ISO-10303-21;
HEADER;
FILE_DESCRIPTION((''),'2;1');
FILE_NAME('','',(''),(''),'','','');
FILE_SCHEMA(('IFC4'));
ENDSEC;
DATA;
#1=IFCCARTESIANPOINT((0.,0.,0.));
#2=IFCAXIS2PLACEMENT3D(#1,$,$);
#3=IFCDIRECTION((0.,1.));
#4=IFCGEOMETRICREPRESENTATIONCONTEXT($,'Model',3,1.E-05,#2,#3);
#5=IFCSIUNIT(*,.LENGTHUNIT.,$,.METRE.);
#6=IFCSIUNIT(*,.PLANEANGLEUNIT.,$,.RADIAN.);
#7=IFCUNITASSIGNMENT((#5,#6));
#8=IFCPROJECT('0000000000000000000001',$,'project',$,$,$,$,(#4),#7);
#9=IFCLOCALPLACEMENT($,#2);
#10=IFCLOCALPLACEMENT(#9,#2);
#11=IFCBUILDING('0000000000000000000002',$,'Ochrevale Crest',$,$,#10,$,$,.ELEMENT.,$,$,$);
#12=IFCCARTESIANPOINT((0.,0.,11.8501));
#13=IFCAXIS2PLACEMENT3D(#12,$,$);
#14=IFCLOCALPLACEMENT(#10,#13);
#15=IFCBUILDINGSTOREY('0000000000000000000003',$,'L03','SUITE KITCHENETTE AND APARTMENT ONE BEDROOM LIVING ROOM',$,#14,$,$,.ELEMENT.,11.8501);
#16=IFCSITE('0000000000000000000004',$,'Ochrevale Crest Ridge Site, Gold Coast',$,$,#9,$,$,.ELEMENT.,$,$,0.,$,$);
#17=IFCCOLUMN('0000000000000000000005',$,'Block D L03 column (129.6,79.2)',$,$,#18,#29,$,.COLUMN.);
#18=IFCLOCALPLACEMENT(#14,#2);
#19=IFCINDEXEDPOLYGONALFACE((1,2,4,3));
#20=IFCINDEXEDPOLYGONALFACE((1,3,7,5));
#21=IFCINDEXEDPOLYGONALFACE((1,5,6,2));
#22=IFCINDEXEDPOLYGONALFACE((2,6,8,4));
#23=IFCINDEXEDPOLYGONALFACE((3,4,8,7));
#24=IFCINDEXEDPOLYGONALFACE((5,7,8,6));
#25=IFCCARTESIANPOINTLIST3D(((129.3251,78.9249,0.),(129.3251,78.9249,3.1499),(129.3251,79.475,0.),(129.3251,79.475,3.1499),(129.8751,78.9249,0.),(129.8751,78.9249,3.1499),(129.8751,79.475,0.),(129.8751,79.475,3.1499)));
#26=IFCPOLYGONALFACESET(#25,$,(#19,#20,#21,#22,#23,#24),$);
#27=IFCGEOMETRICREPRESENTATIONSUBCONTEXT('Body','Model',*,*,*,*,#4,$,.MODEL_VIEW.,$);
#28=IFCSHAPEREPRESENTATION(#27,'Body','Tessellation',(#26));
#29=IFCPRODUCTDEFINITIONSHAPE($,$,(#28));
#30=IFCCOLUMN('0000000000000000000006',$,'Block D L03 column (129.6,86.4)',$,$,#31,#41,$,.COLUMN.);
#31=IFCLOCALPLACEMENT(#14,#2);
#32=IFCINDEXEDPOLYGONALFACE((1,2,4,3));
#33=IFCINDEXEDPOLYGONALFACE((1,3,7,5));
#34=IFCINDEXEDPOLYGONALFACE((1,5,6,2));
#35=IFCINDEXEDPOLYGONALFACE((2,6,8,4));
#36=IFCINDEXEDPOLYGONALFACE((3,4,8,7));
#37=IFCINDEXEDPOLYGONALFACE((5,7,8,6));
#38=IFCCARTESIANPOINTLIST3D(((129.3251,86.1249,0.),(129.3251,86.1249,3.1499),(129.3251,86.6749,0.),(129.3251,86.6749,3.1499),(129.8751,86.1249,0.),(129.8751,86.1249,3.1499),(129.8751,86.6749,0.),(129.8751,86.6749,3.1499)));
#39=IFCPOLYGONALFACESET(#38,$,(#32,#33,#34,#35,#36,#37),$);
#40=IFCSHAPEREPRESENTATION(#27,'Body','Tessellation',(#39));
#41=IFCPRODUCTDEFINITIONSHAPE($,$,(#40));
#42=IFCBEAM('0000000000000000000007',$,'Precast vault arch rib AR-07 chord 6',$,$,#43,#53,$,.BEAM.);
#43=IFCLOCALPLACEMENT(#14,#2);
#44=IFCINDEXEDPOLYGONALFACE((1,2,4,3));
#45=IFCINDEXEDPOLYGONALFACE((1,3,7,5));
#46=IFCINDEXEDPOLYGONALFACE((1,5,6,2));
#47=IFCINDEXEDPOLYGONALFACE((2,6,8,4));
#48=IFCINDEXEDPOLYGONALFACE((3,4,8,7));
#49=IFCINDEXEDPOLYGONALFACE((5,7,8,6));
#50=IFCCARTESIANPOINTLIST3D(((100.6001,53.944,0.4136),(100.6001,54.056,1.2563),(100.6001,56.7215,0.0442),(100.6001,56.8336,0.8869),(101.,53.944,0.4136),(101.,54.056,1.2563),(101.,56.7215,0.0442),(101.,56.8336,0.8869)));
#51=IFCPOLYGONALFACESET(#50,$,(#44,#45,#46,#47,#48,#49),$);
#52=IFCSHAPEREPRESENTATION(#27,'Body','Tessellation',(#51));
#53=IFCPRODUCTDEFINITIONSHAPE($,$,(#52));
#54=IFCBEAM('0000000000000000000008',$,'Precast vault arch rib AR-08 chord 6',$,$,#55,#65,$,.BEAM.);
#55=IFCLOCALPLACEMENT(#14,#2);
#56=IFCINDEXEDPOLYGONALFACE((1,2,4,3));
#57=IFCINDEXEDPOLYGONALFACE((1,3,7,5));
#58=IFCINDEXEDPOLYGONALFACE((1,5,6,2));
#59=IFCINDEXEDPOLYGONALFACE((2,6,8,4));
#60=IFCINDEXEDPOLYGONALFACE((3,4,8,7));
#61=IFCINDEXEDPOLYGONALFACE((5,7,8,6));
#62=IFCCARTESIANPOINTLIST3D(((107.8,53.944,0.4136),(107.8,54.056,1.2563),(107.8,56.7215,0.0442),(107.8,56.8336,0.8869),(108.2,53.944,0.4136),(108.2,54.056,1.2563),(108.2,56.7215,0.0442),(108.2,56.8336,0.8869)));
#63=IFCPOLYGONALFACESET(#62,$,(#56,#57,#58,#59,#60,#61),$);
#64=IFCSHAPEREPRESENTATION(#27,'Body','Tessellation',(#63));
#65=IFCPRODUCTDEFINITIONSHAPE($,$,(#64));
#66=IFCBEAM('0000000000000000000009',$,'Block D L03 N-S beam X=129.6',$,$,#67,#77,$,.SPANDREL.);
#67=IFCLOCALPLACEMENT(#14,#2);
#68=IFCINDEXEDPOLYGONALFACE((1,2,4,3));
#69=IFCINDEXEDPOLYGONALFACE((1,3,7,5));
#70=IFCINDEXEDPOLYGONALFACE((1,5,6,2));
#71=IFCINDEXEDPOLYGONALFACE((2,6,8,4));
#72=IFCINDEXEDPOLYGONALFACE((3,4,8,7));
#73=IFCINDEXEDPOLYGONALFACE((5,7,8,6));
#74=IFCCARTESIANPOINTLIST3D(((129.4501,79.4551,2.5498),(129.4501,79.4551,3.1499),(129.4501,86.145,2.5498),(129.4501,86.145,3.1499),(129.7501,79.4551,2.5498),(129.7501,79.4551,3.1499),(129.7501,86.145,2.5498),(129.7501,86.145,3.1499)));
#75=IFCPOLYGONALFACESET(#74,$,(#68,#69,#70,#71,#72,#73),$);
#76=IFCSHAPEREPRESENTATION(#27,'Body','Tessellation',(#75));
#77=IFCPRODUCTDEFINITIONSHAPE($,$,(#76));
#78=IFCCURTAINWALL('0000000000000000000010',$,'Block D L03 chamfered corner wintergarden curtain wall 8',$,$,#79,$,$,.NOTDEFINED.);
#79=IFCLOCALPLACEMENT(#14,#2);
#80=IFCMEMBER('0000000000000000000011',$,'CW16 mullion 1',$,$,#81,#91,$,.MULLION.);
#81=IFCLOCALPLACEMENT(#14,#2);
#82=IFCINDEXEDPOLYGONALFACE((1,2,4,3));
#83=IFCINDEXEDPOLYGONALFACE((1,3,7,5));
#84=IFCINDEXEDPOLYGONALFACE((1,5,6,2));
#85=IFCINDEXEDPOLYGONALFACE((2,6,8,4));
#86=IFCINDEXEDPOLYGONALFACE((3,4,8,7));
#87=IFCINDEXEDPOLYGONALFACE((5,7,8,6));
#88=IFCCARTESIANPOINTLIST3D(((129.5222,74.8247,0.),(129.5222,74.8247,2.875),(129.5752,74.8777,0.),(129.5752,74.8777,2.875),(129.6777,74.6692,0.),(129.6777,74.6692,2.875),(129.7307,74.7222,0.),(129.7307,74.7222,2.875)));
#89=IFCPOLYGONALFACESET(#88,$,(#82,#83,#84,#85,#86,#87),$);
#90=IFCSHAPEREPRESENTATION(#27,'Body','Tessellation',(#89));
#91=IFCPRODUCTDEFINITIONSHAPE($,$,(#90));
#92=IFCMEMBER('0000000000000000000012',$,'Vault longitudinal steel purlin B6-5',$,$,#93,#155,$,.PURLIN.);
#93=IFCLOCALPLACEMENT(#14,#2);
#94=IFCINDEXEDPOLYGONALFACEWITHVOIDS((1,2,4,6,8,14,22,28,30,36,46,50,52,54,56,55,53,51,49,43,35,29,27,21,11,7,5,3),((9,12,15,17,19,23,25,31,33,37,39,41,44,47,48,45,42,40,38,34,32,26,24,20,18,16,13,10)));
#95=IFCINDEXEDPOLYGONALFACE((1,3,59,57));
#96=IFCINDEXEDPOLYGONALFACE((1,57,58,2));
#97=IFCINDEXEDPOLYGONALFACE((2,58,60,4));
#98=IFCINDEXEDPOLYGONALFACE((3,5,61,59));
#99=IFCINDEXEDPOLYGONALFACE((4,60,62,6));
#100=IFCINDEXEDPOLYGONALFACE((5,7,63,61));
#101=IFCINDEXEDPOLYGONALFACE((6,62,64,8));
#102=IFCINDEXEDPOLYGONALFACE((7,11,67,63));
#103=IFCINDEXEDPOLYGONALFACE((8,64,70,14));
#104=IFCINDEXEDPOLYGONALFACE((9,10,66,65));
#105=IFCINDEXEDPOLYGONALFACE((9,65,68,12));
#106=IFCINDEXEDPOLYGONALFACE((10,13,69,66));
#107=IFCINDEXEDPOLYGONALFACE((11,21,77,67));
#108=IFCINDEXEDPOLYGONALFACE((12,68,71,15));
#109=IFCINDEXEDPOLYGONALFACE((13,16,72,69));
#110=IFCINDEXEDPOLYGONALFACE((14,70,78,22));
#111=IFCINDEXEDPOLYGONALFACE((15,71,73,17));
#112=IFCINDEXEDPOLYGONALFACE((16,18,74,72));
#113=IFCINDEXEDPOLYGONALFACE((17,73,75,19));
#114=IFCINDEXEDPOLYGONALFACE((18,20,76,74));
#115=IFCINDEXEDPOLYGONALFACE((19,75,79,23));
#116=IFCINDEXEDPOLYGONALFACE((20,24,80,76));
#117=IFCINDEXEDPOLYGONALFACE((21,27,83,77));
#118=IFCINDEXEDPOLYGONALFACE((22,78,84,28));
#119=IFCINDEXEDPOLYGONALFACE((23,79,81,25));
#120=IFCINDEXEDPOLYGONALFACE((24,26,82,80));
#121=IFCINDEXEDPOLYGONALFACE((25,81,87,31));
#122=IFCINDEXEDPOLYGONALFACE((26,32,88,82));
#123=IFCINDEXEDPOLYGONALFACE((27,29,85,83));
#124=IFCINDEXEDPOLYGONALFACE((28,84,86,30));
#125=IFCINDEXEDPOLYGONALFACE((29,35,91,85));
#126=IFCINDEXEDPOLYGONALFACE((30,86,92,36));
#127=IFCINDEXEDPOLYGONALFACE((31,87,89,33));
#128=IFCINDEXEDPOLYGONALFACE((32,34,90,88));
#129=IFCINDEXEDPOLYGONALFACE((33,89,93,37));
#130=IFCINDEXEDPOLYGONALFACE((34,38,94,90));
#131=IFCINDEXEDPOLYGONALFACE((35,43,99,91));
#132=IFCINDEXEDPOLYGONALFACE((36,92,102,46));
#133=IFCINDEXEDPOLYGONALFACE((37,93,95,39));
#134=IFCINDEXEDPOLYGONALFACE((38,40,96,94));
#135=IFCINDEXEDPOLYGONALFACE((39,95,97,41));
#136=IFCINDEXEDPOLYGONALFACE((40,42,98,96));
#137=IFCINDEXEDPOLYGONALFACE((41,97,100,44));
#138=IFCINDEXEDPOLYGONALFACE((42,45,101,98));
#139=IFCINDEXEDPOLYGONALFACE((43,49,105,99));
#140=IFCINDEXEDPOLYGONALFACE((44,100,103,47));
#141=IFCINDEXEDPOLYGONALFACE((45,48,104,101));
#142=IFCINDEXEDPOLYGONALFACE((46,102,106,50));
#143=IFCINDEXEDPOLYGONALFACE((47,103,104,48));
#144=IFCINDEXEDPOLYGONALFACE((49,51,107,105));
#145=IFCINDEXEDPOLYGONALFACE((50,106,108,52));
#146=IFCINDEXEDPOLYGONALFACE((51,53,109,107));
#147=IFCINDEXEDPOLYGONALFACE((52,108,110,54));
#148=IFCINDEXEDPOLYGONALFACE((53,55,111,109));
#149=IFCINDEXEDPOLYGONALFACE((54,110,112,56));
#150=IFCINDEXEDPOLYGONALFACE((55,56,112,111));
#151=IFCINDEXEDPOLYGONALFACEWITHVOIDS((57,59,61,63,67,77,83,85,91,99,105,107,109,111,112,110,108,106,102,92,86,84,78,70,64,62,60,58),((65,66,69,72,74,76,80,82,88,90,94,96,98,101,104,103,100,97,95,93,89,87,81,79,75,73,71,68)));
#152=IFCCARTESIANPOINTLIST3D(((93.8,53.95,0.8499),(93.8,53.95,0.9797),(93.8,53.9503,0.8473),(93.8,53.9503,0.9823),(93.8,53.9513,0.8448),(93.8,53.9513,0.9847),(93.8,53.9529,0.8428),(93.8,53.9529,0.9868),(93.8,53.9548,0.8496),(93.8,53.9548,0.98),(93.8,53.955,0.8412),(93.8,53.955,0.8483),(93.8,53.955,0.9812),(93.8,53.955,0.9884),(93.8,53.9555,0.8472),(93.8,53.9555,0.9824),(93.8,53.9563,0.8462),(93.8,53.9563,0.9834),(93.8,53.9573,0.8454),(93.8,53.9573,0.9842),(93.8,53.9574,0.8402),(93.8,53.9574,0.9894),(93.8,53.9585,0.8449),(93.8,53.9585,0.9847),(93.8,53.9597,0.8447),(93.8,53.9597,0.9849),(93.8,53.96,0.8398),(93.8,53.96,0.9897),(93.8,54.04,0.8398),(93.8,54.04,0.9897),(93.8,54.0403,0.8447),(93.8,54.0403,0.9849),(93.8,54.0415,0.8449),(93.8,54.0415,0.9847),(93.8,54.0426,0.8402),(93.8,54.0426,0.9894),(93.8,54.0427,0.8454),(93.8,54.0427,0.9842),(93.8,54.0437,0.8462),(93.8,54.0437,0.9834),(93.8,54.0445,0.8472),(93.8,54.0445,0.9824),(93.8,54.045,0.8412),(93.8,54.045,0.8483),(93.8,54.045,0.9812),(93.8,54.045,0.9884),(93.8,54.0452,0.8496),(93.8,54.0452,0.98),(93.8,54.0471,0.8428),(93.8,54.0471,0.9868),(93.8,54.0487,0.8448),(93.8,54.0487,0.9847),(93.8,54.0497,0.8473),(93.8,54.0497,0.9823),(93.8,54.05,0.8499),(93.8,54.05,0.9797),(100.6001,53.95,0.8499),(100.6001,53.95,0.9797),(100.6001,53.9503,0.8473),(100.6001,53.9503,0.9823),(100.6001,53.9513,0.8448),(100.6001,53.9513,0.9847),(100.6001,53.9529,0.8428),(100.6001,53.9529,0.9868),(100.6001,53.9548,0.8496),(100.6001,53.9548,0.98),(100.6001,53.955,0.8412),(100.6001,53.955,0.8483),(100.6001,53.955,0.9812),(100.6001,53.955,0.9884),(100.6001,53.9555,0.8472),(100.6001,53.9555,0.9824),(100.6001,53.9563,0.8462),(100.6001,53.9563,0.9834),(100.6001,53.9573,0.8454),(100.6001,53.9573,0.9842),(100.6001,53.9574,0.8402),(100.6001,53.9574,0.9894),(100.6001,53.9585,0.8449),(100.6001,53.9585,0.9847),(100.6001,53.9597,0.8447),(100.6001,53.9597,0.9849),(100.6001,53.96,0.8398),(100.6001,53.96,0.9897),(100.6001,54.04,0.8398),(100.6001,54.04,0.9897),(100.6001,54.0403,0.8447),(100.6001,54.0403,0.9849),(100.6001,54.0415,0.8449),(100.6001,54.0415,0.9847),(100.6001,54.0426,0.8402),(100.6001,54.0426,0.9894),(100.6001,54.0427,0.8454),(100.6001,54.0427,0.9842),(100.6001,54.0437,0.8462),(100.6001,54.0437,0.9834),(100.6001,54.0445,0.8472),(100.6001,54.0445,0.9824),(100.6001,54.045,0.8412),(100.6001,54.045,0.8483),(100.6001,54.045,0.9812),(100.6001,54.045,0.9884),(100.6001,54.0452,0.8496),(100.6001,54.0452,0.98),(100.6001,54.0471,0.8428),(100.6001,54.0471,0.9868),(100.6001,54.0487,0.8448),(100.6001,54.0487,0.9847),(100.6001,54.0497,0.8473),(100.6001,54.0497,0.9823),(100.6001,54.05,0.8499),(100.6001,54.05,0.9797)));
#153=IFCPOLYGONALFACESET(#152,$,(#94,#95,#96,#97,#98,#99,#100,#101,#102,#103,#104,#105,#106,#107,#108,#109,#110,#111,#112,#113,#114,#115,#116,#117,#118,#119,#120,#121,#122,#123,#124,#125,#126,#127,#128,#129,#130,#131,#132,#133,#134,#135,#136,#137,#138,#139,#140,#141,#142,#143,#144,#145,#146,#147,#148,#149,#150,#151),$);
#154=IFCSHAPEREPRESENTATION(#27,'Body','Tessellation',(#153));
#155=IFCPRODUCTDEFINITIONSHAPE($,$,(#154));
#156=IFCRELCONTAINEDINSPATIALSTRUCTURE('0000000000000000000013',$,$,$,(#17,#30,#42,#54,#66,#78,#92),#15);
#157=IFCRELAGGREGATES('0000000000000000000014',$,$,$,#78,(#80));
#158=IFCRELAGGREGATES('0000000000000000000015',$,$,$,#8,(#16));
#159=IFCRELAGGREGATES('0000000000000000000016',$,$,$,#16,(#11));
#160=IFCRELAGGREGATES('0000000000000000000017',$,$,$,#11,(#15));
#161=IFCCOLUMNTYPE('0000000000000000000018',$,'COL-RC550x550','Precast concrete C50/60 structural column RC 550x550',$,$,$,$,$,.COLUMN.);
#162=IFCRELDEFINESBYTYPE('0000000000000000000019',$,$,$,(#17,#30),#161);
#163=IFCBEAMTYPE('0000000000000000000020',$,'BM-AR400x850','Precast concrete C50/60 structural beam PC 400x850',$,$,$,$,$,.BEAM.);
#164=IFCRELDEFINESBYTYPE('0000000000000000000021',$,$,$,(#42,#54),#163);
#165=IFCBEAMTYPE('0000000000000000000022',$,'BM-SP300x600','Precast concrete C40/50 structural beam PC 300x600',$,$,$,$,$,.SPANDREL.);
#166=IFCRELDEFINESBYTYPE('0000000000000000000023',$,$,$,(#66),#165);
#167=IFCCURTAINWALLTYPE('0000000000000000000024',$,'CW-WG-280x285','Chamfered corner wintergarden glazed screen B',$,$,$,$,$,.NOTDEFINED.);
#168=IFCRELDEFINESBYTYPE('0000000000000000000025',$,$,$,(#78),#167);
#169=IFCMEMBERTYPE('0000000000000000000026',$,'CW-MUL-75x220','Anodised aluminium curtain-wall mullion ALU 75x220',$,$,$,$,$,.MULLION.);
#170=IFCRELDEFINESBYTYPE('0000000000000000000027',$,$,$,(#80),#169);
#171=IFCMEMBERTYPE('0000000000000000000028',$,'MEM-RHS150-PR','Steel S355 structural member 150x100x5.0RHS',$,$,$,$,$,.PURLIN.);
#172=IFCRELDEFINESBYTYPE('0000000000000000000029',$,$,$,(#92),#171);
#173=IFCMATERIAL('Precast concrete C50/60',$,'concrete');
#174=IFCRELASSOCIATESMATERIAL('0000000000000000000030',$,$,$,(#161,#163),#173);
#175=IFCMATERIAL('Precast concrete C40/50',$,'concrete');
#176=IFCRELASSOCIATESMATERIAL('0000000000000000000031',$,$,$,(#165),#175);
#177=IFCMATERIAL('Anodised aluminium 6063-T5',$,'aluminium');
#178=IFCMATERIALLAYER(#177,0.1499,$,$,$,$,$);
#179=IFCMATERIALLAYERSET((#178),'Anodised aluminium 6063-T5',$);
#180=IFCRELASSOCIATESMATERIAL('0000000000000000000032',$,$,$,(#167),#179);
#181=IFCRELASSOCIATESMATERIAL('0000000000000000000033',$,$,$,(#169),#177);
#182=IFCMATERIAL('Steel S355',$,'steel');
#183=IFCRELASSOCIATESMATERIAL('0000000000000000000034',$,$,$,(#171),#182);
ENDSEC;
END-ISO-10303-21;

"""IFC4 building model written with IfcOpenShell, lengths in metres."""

from ifc_helpers import new_model, si_unit, direction, frame, origin, origin_2d, place, context, subcontext, project, spatial, rectangle, hollow_rectangle, extrude, material, layer, layer_set, material_profile, profile_set, type_object, element, aggregate, save


model = new_model("IFC4")

# Units and contexts
model_context = context("Model", 3, precision=1e-05, world=origin(), true_north=direction((0.0, 1.0)))
body_context = subcontext(model_context, "Body", "Model", "MODEL_VIEW")
ifc_project = project(units=[si_unit("LENGTHUNIT", "METRE"), si_unit("PLANEANGLEUNIT", "RADIAN")], contexts=[model_context])

# Site, building, storey
site_placement = place(None, origin())
site = spatial("IfcSite", under=ifc_project, at=site_placement, Name="Ochrevale Crest Ridge Site, Gold Coast", CompositionType="ELEMENT", RefElevation=0.0)
building_placement = place(site_placement, origin())
building = spatial("IfcBuilding", under=site, at=building_placement, Name="Ochrevale Crest", CompositionType="ELEMENT")
storey_placement = place(building_placement, frame((0.0, 0.0, 11.8501)))
storey = spatial("IfcBuildingStorey", under=building, at=storey_placement, Name="L03", Description="SUITE KITCHENETTE AND APARTMENT ONE BEDROOM LIVING ROOM", CompositionType="ELEMENT", Elevation=11.8501)

# Columns
ifc_material_1 = material(Name="Precast concrete C50/60", Category="concrete")
ifc_material_profile_1 = material_profile(ifc_material_1, rectangle(XDim=0.55, YDim=0.55, at=origin_2d()), Name="RC 550x550")
ifc_profile_set_1 = profile_set([ifc_material_profile_1], Name="Precast concrete C50/60")
column_type = type_object("IfcColumnType", Name="COL-RC550x550", Description="Precast concrete C50/60 structural column RC 550x550", PredefinedType="COLUMN", material=ifc_profile_set_1)
for number, where, z_axis, x_axis, name in (
    (1, (129.6001, 79.2, 0.0), (0.0, 0.0, 1.0), (1.0, 0.0, 0.0), "Block D L03 column (129.6,79.2)"),
    (2, (129.6001, 86.3999, 0.0), (0.0, 0.0, 1.0), (1.0, 0.0, 0.0), "Block D L03 column (129.6,86.4)"),
):
    element("IfcColumn", number, at=place(storey_placement, frame(where, z_axis=z_axis, x_axis=x_axis)), inside=storey, type_object=column_type, Name=name, PredefinedType="COLUMN", context=body_context, shape_type="SweptSolid", body=[
        extrude(rectangle(XDim=0.55, YDim=0.55, at=origin_2d()), origin(), (0.0, 0.0, 1.0), 3.1499),
    ])

# Beams
ifc_material_profile_2 = material_profile(ifc_material_1, rectangle(XDim=0.3999, YDim=0.8501, at=origin_2d()), Name="PC 400x850")
ifc_profile_set_2 = profile_set([ifc_material_profile_2], Name="Precast concrete C50/60")
beam_type_1 = type_object("IfcBeamType", Name="BM-AR400x850", Description="Precast concrete C50/60 structural beam PC 400x850", PredefinedType="BEAM", material=ifc_profile_set_2)
for number, where, z_axis, x_axis, name in (
    (3, (100.8, 54.0, 0.835), (0.0, 0.991273, -0.131827), (-1.0, 0.0, 0.0), "Precast vault arch rib AR-07 chord 6"),
    (4, (108.0, 54.0, 0.835), (0.0, 0.991273, -0.131827), (-1.0, 0.0, 0.0), "Precast vault arch rib AR-08 chord 6"),
):
    element("IfcBeam", number, at=place(storey_placement, frame(where, z_axis=z_axis, x_axis=x_axis)), inside=storey, type_object=beam_type_1, Name=name, PredefinedType="BEAM", context=body_context, shape_type="SweptSolid", body=[
        extrude(rectangle(XDim=0.3999, YDim=0.8501, at=origin_2d()), origin(), (0.0, 0.0, 1.0), 2.802),
    ])
ifc_material_2 = material(Name="Precast concrete C40/50", Category="concrete")
ifc_material_profile_3 = material_profile(ifc_material_2, rectangle(XDim=0.3, YDim=0.6001, at=origin_2d()), Name="PC 300x600")
ifc_profile_set_3 = profile_set([ifc_material_profile_3], Name="Precast concrete C40/50")
beam_type_2 = type_object("IfcBeamType", Name="BM-SP300x600", Description="Precast concrete C40/50 structural beam PC 300x600", PredefinedType="SPANDREL", material=ifc_profile_set_3)
beam_placement = place(storey_placement, frame((129.6001, 79.4551, 2.8499), z_axis=(0.0, 1.0, 0.0), x_axis=(-1.0, 0.0, 0.0)))
element("IfcBeam", 5, at=beam_placement, inside=storey, type_object=beam_type_2, Name="Block D L03 N-S beam X=129.6", PredefinedType="SPANDREL", context=body_context, shape_type="SweptSolid", body=[
    extrude(rectangle(XDim=0.3, YDim=0.6001, at=origin_2d()), origin(), (0.0, 0.0, 1.0), 6.6899),
])

# Curtain wall, member
ifc_material_3 = material(Name="Anodised aluminium 6063-T5", Category="aluminium")
ifc_layer_1 = layer(ifc_material_3, 0.1499)
ifc_layer_set_1 = layer_set([ifc_layer_1], Name="Anodised aluminium 6063-T5")
curtain_wall_type = type_object("IfcCurtainWallType", Name="CW-WG-280x285", Description="Chamfered corner wintergarden glazed screen B", PredefinedType="NOTDEFINED", material=ifc_layer_set_1)
curtain_wall_placement = place(storey_placement, origin())
curtain_wall = element("IfcCurtainWall", 6, at=curtain_wall_placement, inside=storey, type_object=curtain_wall_type, Name="Block D L03 chamfered corner wintergarden curtain wall 8", PredefinedType="NOTDEFINED")
ifc_material_profile_4 = material_profile(ifc_material_3, rectangle(XDim=0.075, YDim=0.22, at=origin_2d()), Name="ALU 75x220")
ifc_profile_set_4 = profile_set([ifc_material_profile_4], Name="Anodised aluminium 6063-T5")
member_type_1 = type_object("IfcMemberType", Name="CW-MUL-75x220", Description="Anodised aluminium curtain-wall mullion ALU 75x220", PredefinedType="MULLION", material=ifc_profile_set_4)
member_placement = place(storey_placement, frame((129.6265, 74.7734, 0.0), z_axis=(0.0, 0.0, 1.0), x_axis=(0.707107, 0.707107, 0.0)))
member = element("IfcMember", 7, at=member_placement, type_object=member_type_1, Name="CW16 mullion 1", PredefinedType="MULLION", context=body_context, shape_type="SweptSolid", body=[
    extrude(rectangle(XDim=0.075, YDim=0.22, at=origin_2d()), origin(), (0.0, 0.0, 1.0), 2.875),
])
aggregate(curtain_wall, [member])

# Member
ifc_material_4 = material(Name="Steel S355", Category="steel")
ifc_material_profile_5 = material_profile(ifc_material_4, hollow_rectangle(XDim=0.1001, YDim=0.1499, WallThickness=0.0049, InnerFilletRadius=0.0049, OuterFilletRadius=0.01, at=origin_2d()), Name="150x100x5.0RHS")
ifc_profile_set_5 = profile_set([ifc_material_profile_5], Name="Steel S355")
member_type_2 = type_object("IfcMemberType", Name="MEM-RHS150-PR", Description="Steel S355 structural member 150x100x5.0RHS", PredefinedType="PURLIN", material=ifc_profile_set_5)
for number, where, z_axis, x_axis, name in (
    (8, (93.8, 54.0, 0.9148), (1.0, 0.0, 0.0), (0.0, 1.0, 0.0), "Vault longitudinal steel purlin B6-5"),
):
    element("IfcMember", number, at=place(storey_placement, frame(where, z_axis=z_axis, x_axis=x_axis)), inside=storey, type_object=member_type_2, Name=name, PredefinedType="PURLIN", context=body_context, shape_type="SweptSolid", body=[
        extrude(hollow_rectangle(XDim=0.1001, YDim=0.1499, WallThickness=0.0049, InnerFilletRadius=0.0049, OuterFilletRadius=0.01, at=origin_2d()), origin(), (0.0, 0.0, 1.0), 6.8),
    ])

save(model, "model.ifc")
